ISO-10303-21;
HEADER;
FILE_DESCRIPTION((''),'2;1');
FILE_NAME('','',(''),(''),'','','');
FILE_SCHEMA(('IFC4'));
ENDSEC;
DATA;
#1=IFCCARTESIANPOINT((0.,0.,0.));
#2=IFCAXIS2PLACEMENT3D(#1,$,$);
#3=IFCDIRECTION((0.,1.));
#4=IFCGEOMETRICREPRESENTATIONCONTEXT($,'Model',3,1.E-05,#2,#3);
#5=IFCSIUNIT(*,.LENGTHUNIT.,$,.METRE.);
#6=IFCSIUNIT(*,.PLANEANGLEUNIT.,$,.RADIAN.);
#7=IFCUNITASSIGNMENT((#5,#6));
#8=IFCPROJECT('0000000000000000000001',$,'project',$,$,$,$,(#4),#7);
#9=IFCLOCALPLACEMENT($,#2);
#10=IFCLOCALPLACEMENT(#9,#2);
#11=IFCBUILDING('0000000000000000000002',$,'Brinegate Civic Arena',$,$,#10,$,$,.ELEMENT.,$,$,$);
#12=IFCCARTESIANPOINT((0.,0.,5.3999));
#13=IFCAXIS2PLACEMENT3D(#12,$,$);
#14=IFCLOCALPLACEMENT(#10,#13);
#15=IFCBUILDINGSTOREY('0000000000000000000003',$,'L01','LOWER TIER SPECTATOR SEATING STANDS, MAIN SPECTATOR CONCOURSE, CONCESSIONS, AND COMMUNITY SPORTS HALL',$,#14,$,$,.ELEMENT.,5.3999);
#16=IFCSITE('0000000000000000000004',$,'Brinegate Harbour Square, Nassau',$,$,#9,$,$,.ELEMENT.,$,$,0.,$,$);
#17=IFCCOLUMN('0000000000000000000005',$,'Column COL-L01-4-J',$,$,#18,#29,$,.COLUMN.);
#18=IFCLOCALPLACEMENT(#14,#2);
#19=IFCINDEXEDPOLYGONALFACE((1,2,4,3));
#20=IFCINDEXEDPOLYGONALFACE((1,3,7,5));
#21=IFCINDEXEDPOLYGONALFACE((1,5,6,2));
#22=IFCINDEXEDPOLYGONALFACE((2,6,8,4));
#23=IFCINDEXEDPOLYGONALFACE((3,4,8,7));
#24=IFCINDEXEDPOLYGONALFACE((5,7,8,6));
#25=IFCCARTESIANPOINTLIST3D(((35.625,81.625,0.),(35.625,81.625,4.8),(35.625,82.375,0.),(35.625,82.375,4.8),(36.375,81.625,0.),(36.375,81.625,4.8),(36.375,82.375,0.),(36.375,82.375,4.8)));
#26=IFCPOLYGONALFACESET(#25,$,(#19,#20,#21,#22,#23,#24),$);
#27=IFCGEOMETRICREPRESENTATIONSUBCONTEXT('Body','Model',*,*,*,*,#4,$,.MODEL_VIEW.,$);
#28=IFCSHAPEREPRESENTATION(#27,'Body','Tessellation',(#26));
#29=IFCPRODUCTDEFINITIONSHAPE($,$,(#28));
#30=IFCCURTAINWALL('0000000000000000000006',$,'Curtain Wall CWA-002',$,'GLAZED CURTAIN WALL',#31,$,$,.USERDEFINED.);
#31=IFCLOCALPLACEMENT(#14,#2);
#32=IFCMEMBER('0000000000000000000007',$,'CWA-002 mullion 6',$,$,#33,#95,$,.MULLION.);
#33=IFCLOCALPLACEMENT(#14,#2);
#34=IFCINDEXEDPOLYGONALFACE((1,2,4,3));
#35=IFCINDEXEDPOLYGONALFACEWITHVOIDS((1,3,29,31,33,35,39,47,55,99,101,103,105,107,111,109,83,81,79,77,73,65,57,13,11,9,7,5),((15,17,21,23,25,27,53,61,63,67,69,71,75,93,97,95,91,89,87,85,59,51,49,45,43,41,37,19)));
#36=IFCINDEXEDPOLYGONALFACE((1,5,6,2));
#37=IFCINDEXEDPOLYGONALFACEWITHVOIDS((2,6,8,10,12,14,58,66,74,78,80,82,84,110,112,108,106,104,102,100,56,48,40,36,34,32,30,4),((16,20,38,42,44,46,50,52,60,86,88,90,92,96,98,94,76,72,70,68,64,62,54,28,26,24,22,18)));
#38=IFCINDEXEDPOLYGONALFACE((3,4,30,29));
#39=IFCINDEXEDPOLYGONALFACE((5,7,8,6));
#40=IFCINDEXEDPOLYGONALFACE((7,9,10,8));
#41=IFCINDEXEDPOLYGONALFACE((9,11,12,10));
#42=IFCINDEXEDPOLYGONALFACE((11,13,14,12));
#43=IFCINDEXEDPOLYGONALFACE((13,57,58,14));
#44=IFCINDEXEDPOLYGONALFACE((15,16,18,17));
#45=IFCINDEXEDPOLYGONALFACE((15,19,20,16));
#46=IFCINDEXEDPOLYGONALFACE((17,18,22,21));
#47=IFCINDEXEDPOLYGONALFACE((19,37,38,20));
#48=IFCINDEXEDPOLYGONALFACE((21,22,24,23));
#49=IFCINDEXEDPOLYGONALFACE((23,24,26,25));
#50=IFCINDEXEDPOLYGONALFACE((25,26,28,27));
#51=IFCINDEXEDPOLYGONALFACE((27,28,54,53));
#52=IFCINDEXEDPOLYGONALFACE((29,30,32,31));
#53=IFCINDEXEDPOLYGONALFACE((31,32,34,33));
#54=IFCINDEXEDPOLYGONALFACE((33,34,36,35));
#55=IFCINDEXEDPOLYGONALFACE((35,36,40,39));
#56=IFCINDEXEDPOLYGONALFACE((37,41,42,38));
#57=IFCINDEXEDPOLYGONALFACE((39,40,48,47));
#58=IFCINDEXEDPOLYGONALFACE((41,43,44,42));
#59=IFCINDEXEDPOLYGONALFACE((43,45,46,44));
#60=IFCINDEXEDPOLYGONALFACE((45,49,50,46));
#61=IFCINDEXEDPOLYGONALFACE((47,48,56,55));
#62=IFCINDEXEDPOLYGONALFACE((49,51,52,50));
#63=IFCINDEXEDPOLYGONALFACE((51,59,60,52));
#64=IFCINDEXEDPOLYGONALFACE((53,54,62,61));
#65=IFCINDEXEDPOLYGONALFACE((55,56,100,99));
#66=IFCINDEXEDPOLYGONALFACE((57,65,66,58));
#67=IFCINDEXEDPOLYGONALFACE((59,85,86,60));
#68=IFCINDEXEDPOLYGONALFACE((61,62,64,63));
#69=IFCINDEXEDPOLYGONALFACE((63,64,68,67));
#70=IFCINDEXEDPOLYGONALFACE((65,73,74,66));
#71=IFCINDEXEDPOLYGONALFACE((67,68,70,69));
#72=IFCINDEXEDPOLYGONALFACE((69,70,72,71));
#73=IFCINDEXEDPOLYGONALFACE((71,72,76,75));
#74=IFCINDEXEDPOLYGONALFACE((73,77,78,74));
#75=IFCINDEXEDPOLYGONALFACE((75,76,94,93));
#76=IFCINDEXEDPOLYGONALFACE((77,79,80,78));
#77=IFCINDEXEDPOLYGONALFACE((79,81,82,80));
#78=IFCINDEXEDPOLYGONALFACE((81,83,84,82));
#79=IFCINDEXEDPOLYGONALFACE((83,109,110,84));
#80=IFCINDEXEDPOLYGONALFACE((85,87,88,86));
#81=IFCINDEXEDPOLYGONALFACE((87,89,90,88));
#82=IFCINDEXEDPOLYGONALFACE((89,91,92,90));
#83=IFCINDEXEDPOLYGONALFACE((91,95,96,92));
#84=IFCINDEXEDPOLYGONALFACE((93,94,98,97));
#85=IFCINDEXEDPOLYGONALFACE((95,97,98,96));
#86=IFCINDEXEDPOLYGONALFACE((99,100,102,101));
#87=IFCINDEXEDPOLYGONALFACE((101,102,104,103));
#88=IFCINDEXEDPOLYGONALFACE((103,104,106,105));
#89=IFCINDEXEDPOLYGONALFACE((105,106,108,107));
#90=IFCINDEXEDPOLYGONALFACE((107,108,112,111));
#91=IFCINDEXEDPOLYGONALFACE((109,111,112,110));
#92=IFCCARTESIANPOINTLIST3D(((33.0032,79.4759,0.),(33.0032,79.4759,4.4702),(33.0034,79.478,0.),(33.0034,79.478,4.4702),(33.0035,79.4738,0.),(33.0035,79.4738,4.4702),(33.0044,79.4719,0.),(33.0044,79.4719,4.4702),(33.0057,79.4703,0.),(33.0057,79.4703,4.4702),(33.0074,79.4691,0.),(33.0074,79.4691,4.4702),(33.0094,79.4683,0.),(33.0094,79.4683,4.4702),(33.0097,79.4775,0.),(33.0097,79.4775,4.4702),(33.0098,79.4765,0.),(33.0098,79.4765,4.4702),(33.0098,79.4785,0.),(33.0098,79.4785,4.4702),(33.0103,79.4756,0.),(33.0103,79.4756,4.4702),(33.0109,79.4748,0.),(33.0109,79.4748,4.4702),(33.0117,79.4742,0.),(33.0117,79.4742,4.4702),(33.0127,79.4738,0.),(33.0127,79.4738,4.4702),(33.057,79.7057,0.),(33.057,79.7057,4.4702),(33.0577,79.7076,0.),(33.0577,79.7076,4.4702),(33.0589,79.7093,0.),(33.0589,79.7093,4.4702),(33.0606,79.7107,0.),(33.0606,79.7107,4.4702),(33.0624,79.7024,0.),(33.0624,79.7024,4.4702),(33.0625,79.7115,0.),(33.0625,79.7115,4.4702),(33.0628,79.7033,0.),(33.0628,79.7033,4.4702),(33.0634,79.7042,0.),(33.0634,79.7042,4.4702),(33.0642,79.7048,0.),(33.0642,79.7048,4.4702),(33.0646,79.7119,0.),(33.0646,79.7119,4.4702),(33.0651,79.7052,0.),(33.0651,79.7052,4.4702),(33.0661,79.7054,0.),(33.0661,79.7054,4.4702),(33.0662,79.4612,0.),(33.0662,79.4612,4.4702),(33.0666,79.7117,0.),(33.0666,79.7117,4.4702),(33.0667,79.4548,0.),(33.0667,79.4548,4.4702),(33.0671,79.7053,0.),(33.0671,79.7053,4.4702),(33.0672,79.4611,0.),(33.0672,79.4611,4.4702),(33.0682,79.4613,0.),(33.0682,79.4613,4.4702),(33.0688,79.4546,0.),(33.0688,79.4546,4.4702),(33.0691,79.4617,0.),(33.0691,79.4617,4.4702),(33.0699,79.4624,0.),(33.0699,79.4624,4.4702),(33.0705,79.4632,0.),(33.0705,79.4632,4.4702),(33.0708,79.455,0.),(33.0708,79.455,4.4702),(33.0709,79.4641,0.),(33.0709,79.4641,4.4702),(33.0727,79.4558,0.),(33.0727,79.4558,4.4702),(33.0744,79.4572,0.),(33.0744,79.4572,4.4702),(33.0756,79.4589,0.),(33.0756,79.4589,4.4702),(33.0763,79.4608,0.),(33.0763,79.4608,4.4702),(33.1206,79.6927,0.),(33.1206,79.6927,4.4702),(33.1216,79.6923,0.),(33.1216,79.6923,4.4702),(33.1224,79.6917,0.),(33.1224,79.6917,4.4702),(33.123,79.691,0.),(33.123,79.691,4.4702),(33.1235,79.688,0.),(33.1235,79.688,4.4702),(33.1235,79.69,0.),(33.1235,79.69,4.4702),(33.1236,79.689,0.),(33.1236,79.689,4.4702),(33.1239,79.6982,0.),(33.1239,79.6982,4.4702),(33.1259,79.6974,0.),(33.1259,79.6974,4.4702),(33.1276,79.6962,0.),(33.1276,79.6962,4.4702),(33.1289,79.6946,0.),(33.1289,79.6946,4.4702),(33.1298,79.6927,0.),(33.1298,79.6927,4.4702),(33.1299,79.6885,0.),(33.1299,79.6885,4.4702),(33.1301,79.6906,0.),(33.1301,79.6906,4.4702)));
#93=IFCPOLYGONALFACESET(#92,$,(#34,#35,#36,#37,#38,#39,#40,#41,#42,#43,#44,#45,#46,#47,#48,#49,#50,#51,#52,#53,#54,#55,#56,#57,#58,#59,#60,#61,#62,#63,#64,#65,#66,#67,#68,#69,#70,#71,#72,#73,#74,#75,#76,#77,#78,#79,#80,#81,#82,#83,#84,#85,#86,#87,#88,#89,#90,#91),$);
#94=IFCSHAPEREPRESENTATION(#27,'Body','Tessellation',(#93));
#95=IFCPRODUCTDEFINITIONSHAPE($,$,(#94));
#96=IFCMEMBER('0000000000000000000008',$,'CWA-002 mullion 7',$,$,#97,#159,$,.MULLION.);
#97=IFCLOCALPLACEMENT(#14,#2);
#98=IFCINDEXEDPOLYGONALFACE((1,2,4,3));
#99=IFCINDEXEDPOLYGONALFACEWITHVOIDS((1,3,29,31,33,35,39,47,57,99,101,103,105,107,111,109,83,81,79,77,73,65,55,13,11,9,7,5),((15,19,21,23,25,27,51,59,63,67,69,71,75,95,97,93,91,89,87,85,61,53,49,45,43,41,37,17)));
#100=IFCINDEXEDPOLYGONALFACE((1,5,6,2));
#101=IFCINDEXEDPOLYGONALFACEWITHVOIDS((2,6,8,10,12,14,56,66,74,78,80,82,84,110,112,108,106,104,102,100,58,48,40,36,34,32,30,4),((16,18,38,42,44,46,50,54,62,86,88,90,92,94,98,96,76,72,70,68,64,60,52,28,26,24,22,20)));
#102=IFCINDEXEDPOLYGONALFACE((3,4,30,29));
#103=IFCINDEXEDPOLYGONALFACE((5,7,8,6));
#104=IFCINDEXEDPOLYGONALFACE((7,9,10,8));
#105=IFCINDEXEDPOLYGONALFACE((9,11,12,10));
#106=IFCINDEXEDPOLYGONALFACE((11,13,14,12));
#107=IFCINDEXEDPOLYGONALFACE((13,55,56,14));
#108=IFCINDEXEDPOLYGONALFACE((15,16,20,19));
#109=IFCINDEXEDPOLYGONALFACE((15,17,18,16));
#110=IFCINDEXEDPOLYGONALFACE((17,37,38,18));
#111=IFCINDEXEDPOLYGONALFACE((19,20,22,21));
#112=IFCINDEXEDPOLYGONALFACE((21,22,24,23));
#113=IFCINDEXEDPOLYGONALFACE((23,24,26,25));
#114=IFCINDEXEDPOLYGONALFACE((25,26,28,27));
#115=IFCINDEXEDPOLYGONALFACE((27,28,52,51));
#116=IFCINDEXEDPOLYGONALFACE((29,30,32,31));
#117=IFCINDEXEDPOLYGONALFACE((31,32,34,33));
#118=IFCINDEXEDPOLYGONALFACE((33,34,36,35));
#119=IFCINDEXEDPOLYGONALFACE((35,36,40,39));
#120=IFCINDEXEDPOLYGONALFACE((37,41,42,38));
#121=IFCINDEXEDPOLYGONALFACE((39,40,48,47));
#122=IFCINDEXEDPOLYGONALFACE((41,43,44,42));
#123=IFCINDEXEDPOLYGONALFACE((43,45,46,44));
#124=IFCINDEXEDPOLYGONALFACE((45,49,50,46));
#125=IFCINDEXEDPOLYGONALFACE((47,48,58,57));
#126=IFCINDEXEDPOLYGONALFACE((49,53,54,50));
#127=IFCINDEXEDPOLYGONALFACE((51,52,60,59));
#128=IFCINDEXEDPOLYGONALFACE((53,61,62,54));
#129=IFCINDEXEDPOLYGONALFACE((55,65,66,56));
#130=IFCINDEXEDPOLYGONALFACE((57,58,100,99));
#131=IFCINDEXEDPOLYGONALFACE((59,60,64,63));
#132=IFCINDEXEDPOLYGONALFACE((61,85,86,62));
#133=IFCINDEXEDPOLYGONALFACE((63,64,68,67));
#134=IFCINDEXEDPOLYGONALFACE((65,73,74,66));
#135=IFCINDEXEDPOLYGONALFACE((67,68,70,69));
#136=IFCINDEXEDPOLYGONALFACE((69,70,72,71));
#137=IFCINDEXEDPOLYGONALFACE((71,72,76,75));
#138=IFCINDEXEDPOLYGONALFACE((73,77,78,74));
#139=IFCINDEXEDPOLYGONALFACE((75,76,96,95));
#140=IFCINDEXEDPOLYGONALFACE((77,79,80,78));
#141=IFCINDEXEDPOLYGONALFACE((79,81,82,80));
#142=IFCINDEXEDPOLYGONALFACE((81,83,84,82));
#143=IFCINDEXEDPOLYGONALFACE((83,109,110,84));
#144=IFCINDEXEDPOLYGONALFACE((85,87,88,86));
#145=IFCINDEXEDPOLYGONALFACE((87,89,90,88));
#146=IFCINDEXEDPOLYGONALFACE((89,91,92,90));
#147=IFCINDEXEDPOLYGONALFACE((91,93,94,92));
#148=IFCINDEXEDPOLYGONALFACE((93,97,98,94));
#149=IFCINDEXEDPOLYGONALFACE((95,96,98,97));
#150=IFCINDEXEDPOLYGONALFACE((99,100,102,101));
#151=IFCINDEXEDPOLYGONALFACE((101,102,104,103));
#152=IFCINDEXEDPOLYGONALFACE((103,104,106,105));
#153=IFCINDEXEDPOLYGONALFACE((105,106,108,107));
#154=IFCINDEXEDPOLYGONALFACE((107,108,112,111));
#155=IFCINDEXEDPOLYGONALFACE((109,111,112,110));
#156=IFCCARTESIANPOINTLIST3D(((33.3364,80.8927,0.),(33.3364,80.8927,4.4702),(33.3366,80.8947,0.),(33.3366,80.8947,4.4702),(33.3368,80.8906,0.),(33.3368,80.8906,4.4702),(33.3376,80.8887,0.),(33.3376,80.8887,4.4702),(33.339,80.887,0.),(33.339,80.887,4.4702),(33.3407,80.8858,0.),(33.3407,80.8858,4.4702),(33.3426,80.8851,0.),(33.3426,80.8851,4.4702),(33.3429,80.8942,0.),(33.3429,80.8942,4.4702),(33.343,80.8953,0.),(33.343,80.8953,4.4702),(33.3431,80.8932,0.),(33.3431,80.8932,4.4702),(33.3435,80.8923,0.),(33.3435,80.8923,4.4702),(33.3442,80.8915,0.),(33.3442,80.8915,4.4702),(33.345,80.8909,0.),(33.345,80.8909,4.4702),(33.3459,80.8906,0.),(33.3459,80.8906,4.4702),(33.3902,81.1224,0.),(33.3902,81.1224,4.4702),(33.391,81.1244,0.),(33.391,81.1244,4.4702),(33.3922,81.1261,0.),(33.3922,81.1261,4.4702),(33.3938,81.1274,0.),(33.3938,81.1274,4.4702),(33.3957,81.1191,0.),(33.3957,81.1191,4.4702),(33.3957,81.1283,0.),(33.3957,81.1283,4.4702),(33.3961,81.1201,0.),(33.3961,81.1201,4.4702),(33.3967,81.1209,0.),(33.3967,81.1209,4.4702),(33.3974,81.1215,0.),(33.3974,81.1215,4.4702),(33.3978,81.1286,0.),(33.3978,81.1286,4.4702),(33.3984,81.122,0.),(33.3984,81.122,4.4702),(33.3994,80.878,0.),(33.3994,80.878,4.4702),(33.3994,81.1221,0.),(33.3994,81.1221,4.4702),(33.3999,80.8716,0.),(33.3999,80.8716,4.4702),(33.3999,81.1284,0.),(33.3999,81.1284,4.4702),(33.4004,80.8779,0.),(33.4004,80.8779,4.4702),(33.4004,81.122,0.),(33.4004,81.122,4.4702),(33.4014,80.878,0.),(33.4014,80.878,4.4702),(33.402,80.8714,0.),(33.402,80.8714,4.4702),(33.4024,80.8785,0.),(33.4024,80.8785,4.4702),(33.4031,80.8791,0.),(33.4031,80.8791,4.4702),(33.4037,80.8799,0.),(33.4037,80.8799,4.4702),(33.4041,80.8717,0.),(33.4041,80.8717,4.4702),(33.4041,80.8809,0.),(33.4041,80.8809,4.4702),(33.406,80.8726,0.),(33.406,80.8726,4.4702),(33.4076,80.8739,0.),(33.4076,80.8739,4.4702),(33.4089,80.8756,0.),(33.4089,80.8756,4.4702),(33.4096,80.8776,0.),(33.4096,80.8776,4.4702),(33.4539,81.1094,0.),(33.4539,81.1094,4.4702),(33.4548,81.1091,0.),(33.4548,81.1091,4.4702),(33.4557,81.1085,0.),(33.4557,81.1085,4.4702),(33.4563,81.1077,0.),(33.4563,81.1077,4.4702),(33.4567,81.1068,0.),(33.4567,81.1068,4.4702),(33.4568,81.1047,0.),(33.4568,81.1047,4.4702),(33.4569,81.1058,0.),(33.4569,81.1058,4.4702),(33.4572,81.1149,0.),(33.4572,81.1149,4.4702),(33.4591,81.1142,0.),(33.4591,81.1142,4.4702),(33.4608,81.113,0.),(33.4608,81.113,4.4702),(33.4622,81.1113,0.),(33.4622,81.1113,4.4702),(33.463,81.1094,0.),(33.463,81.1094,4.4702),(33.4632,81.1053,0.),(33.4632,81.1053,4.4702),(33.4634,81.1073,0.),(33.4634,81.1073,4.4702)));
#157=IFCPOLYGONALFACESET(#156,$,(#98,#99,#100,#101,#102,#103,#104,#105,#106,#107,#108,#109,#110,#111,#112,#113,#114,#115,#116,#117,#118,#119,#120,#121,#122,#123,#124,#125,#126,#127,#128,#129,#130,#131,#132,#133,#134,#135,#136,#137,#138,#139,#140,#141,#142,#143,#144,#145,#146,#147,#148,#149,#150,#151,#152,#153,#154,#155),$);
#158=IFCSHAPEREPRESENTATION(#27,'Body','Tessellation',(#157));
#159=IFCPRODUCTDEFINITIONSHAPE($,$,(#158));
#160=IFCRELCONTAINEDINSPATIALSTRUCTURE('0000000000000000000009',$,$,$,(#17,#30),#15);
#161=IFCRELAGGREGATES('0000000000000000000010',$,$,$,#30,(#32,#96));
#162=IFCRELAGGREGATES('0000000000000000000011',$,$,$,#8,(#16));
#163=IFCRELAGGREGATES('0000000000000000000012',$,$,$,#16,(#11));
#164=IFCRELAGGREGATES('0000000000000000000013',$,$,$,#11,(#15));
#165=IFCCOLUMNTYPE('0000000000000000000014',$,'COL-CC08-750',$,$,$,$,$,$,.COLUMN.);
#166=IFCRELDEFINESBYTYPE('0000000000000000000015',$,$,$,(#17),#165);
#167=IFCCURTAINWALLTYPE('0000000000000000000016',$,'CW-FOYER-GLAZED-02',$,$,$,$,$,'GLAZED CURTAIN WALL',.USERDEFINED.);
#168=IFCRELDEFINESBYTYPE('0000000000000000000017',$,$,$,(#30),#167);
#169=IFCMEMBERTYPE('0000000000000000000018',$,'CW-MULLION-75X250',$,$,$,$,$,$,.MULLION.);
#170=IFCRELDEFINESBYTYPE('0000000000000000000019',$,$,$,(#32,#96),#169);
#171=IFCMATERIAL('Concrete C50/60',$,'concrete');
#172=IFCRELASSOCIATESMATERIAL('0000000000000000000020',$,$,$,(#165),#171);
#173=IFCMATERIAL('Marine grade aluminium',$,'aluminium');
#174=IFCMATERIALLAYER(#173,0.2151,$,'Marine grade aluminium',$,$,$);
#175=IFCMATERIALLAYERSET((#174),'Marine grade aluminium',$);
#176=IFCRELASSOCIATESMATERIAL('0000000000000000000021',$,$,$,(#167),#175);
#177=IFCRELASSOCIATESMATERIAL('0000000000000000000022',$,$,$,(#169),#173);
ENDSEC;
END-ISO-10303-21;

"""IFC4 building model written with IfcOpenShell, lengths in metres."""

from ifc_helpers import new_model, si_unit, direction, frame, origin, origin_2d, place, context, subcontext, project, spatial, rectangle, hollow_rectangle, extrude, material, layer, layer_set, material_profile, profile_set, type_object, element, aggregate, save


model = new_model("IFC4")

# Units and contexts
model_context = context("Model", 3, precision=1e-05, world=origin(), true_north=direction((0.0, 1.0)))
body_context = subcontext(model_context, "Body", "Model", "MODEL_VIEW")
ifc_project = project(units=[si_unit("LENGTHUNIT", "METRE"), si_unit("PLANEANGLEUNIT", "RADIAN")], contexts=[model_context])

# Site, building, storey
site_placement = place(None, origin())
site = spatial("IfcSite", under=ifc_project, at=site_placement, Name="Brinegate Harbour Square, Nassau", CompositionType="ELEMENT", RefElevation=0.0)
building_placement = place(site_placement, origin())
building = spatial("IfcBuilding", under=site, at=building_placement, Name="Brinegate Civic Arena", CompositionType="ELEMENT")
storey_placement = place(building_placement, frame((0.0, 0.0, 5.3999)))
storey = spatial("IfcBuildingStorey", under=building, at=storey_placement, Name="L01", Description="LOWER TIER SPECTATOR SEATING STANDS, MAIN SPECTATOR CONCOURSE, CONCESSIONS, AND COMMUNITY SPORTS HALL", CompositionType="ELEMENT", Elevation=5.3999)

# Column
ifc_material_1 = material(Name="Concrete C50/60", Category="concrete")
ifc_material_profile_1 = material_profile(ifc_material_1, rectangle(XDim=0.75, YDim=0.75, at=origin_2d()), Name="RC750X750")
ifc_profile_set_1 = profile_set([ifc_material_profile_1], Name="Concrete C50/60")
column_type = type_object("IfcColumnType", Name="COL-CC08-750", PredefinedType="COLUMN", material=ifc_profile_set_1)
column_placement = place(storey_placement, frame((36.0, 82.0, 0.0), z_axis=(0.0, 0.0, 1.0), x_axis=(1.0, 0.0, 0.0)))
element("IfcColumn", 1, at=column_placement, inside=storey, type_object=column_type, Name="Column COL-L01-4-J", PredefinedType="COLUMN", context=body_context, shape_type="SweptSolid", body=[
    extrude(rectangle(XDim=0.75, YDim=0.75, at=origin_2d()), origin(), (0.0, 0.0, 1.0), 4.8),
])

# Curtain wall, members
ifc_material_2 = material(Name="Marine grade aluminium", Category="aluminium")
ifc_layer_1 = layer(ifc_material_2, 0.2151, Name="Marine grade aluminium")
ifc_layer_set_1 = layer_set([ifc_layer_1], Name="Marine grade aluminium")
curtain_wall_type = type_object("IfcCurtainWallType", Name="CW-FOYER-GLAZED-02", ElementType="GLAZED CURTAIN WALL", PredefinedType="USERDEFINED", material=ifc_layer_set_1)
curtain_wall_placement = place(storey_placement, origin())
curtain_wall = element("IfcCurtainWall", 2, at=curtain_wall_placement, inside=storey, type_object=curtain_wall_type, Name="Curtain Wall CWA-002", ObjectType="GLAZED CURTAIN WALL", PredefinedType="USERDEFINED")
ifc_material_profile_2 = material_profile(ifc_material_2, hollow_rectangle(XDim=0.075, YDim=0.25, WallThickness=0.0061, InnerFilletRadius=0.0039, OuterFilletRadius=0.0081, at=origin_2d()), Name="MUL75X250")
ifc_profile_set_2 = profile_set([ifc_material_profile_2], Name="Marine grade aluminium")
member_type_1 = type_object("IfcMemberType", Name="CW-MULLION-75X250", PredefinedType="MULLION", material=ifc_profile_set_2)
member_1_placement = place(storey_placement, frame((33.0667, 79.5833, 0.0), z_axis=(0.0, 0.0, 1.0), x_axis=(-0.973417, 0.229039, 0.0)))
member_1 = element("IfcMember", 3, at=member_1_placement, type_object=member_type_1, Name="CWA-002 mullion 6", PredefinedType="MULLION", context=body_context, shape_type="SweptSolid", body=[
    extrude(hollow_rectangle(XDim=0.075, YDim=0.25, WallThickness=0.0061, InnerFilletRadius=0.0039, OuterFilletRadius=0.0081, at=origin_2d()), origin(), (0.0, 0.0, 1.0), 4.4702),
])
member_2_placement = place(storey_placement, frame((33.3999, 81.0, 0.0), z_axis=(0.0, 0.0, 1.0), x_axis=(-0.973417, 0.229039, 0.0)))
member_2 = element("IfcMember", 4, at=member_2_placement, type_object=member_type_1, Name="CWA-002 mullion 7", PredefinedType="MULLION", context=body_context, shape_type="SweptSolid", body=[
    extrude(hollow_rectangle(XDim=0.075, YDim=0.25, WallThickness=0.0061, InnerFilletRadius=0.0039, OuterFilletRadius=0.0081, at=origin_2d()), origin(), (0.0, 0.0, 1.0), 4.4702),
])

aggregate(curtain_wall, [member_1, member_2])

save(model, "model.ifc")
